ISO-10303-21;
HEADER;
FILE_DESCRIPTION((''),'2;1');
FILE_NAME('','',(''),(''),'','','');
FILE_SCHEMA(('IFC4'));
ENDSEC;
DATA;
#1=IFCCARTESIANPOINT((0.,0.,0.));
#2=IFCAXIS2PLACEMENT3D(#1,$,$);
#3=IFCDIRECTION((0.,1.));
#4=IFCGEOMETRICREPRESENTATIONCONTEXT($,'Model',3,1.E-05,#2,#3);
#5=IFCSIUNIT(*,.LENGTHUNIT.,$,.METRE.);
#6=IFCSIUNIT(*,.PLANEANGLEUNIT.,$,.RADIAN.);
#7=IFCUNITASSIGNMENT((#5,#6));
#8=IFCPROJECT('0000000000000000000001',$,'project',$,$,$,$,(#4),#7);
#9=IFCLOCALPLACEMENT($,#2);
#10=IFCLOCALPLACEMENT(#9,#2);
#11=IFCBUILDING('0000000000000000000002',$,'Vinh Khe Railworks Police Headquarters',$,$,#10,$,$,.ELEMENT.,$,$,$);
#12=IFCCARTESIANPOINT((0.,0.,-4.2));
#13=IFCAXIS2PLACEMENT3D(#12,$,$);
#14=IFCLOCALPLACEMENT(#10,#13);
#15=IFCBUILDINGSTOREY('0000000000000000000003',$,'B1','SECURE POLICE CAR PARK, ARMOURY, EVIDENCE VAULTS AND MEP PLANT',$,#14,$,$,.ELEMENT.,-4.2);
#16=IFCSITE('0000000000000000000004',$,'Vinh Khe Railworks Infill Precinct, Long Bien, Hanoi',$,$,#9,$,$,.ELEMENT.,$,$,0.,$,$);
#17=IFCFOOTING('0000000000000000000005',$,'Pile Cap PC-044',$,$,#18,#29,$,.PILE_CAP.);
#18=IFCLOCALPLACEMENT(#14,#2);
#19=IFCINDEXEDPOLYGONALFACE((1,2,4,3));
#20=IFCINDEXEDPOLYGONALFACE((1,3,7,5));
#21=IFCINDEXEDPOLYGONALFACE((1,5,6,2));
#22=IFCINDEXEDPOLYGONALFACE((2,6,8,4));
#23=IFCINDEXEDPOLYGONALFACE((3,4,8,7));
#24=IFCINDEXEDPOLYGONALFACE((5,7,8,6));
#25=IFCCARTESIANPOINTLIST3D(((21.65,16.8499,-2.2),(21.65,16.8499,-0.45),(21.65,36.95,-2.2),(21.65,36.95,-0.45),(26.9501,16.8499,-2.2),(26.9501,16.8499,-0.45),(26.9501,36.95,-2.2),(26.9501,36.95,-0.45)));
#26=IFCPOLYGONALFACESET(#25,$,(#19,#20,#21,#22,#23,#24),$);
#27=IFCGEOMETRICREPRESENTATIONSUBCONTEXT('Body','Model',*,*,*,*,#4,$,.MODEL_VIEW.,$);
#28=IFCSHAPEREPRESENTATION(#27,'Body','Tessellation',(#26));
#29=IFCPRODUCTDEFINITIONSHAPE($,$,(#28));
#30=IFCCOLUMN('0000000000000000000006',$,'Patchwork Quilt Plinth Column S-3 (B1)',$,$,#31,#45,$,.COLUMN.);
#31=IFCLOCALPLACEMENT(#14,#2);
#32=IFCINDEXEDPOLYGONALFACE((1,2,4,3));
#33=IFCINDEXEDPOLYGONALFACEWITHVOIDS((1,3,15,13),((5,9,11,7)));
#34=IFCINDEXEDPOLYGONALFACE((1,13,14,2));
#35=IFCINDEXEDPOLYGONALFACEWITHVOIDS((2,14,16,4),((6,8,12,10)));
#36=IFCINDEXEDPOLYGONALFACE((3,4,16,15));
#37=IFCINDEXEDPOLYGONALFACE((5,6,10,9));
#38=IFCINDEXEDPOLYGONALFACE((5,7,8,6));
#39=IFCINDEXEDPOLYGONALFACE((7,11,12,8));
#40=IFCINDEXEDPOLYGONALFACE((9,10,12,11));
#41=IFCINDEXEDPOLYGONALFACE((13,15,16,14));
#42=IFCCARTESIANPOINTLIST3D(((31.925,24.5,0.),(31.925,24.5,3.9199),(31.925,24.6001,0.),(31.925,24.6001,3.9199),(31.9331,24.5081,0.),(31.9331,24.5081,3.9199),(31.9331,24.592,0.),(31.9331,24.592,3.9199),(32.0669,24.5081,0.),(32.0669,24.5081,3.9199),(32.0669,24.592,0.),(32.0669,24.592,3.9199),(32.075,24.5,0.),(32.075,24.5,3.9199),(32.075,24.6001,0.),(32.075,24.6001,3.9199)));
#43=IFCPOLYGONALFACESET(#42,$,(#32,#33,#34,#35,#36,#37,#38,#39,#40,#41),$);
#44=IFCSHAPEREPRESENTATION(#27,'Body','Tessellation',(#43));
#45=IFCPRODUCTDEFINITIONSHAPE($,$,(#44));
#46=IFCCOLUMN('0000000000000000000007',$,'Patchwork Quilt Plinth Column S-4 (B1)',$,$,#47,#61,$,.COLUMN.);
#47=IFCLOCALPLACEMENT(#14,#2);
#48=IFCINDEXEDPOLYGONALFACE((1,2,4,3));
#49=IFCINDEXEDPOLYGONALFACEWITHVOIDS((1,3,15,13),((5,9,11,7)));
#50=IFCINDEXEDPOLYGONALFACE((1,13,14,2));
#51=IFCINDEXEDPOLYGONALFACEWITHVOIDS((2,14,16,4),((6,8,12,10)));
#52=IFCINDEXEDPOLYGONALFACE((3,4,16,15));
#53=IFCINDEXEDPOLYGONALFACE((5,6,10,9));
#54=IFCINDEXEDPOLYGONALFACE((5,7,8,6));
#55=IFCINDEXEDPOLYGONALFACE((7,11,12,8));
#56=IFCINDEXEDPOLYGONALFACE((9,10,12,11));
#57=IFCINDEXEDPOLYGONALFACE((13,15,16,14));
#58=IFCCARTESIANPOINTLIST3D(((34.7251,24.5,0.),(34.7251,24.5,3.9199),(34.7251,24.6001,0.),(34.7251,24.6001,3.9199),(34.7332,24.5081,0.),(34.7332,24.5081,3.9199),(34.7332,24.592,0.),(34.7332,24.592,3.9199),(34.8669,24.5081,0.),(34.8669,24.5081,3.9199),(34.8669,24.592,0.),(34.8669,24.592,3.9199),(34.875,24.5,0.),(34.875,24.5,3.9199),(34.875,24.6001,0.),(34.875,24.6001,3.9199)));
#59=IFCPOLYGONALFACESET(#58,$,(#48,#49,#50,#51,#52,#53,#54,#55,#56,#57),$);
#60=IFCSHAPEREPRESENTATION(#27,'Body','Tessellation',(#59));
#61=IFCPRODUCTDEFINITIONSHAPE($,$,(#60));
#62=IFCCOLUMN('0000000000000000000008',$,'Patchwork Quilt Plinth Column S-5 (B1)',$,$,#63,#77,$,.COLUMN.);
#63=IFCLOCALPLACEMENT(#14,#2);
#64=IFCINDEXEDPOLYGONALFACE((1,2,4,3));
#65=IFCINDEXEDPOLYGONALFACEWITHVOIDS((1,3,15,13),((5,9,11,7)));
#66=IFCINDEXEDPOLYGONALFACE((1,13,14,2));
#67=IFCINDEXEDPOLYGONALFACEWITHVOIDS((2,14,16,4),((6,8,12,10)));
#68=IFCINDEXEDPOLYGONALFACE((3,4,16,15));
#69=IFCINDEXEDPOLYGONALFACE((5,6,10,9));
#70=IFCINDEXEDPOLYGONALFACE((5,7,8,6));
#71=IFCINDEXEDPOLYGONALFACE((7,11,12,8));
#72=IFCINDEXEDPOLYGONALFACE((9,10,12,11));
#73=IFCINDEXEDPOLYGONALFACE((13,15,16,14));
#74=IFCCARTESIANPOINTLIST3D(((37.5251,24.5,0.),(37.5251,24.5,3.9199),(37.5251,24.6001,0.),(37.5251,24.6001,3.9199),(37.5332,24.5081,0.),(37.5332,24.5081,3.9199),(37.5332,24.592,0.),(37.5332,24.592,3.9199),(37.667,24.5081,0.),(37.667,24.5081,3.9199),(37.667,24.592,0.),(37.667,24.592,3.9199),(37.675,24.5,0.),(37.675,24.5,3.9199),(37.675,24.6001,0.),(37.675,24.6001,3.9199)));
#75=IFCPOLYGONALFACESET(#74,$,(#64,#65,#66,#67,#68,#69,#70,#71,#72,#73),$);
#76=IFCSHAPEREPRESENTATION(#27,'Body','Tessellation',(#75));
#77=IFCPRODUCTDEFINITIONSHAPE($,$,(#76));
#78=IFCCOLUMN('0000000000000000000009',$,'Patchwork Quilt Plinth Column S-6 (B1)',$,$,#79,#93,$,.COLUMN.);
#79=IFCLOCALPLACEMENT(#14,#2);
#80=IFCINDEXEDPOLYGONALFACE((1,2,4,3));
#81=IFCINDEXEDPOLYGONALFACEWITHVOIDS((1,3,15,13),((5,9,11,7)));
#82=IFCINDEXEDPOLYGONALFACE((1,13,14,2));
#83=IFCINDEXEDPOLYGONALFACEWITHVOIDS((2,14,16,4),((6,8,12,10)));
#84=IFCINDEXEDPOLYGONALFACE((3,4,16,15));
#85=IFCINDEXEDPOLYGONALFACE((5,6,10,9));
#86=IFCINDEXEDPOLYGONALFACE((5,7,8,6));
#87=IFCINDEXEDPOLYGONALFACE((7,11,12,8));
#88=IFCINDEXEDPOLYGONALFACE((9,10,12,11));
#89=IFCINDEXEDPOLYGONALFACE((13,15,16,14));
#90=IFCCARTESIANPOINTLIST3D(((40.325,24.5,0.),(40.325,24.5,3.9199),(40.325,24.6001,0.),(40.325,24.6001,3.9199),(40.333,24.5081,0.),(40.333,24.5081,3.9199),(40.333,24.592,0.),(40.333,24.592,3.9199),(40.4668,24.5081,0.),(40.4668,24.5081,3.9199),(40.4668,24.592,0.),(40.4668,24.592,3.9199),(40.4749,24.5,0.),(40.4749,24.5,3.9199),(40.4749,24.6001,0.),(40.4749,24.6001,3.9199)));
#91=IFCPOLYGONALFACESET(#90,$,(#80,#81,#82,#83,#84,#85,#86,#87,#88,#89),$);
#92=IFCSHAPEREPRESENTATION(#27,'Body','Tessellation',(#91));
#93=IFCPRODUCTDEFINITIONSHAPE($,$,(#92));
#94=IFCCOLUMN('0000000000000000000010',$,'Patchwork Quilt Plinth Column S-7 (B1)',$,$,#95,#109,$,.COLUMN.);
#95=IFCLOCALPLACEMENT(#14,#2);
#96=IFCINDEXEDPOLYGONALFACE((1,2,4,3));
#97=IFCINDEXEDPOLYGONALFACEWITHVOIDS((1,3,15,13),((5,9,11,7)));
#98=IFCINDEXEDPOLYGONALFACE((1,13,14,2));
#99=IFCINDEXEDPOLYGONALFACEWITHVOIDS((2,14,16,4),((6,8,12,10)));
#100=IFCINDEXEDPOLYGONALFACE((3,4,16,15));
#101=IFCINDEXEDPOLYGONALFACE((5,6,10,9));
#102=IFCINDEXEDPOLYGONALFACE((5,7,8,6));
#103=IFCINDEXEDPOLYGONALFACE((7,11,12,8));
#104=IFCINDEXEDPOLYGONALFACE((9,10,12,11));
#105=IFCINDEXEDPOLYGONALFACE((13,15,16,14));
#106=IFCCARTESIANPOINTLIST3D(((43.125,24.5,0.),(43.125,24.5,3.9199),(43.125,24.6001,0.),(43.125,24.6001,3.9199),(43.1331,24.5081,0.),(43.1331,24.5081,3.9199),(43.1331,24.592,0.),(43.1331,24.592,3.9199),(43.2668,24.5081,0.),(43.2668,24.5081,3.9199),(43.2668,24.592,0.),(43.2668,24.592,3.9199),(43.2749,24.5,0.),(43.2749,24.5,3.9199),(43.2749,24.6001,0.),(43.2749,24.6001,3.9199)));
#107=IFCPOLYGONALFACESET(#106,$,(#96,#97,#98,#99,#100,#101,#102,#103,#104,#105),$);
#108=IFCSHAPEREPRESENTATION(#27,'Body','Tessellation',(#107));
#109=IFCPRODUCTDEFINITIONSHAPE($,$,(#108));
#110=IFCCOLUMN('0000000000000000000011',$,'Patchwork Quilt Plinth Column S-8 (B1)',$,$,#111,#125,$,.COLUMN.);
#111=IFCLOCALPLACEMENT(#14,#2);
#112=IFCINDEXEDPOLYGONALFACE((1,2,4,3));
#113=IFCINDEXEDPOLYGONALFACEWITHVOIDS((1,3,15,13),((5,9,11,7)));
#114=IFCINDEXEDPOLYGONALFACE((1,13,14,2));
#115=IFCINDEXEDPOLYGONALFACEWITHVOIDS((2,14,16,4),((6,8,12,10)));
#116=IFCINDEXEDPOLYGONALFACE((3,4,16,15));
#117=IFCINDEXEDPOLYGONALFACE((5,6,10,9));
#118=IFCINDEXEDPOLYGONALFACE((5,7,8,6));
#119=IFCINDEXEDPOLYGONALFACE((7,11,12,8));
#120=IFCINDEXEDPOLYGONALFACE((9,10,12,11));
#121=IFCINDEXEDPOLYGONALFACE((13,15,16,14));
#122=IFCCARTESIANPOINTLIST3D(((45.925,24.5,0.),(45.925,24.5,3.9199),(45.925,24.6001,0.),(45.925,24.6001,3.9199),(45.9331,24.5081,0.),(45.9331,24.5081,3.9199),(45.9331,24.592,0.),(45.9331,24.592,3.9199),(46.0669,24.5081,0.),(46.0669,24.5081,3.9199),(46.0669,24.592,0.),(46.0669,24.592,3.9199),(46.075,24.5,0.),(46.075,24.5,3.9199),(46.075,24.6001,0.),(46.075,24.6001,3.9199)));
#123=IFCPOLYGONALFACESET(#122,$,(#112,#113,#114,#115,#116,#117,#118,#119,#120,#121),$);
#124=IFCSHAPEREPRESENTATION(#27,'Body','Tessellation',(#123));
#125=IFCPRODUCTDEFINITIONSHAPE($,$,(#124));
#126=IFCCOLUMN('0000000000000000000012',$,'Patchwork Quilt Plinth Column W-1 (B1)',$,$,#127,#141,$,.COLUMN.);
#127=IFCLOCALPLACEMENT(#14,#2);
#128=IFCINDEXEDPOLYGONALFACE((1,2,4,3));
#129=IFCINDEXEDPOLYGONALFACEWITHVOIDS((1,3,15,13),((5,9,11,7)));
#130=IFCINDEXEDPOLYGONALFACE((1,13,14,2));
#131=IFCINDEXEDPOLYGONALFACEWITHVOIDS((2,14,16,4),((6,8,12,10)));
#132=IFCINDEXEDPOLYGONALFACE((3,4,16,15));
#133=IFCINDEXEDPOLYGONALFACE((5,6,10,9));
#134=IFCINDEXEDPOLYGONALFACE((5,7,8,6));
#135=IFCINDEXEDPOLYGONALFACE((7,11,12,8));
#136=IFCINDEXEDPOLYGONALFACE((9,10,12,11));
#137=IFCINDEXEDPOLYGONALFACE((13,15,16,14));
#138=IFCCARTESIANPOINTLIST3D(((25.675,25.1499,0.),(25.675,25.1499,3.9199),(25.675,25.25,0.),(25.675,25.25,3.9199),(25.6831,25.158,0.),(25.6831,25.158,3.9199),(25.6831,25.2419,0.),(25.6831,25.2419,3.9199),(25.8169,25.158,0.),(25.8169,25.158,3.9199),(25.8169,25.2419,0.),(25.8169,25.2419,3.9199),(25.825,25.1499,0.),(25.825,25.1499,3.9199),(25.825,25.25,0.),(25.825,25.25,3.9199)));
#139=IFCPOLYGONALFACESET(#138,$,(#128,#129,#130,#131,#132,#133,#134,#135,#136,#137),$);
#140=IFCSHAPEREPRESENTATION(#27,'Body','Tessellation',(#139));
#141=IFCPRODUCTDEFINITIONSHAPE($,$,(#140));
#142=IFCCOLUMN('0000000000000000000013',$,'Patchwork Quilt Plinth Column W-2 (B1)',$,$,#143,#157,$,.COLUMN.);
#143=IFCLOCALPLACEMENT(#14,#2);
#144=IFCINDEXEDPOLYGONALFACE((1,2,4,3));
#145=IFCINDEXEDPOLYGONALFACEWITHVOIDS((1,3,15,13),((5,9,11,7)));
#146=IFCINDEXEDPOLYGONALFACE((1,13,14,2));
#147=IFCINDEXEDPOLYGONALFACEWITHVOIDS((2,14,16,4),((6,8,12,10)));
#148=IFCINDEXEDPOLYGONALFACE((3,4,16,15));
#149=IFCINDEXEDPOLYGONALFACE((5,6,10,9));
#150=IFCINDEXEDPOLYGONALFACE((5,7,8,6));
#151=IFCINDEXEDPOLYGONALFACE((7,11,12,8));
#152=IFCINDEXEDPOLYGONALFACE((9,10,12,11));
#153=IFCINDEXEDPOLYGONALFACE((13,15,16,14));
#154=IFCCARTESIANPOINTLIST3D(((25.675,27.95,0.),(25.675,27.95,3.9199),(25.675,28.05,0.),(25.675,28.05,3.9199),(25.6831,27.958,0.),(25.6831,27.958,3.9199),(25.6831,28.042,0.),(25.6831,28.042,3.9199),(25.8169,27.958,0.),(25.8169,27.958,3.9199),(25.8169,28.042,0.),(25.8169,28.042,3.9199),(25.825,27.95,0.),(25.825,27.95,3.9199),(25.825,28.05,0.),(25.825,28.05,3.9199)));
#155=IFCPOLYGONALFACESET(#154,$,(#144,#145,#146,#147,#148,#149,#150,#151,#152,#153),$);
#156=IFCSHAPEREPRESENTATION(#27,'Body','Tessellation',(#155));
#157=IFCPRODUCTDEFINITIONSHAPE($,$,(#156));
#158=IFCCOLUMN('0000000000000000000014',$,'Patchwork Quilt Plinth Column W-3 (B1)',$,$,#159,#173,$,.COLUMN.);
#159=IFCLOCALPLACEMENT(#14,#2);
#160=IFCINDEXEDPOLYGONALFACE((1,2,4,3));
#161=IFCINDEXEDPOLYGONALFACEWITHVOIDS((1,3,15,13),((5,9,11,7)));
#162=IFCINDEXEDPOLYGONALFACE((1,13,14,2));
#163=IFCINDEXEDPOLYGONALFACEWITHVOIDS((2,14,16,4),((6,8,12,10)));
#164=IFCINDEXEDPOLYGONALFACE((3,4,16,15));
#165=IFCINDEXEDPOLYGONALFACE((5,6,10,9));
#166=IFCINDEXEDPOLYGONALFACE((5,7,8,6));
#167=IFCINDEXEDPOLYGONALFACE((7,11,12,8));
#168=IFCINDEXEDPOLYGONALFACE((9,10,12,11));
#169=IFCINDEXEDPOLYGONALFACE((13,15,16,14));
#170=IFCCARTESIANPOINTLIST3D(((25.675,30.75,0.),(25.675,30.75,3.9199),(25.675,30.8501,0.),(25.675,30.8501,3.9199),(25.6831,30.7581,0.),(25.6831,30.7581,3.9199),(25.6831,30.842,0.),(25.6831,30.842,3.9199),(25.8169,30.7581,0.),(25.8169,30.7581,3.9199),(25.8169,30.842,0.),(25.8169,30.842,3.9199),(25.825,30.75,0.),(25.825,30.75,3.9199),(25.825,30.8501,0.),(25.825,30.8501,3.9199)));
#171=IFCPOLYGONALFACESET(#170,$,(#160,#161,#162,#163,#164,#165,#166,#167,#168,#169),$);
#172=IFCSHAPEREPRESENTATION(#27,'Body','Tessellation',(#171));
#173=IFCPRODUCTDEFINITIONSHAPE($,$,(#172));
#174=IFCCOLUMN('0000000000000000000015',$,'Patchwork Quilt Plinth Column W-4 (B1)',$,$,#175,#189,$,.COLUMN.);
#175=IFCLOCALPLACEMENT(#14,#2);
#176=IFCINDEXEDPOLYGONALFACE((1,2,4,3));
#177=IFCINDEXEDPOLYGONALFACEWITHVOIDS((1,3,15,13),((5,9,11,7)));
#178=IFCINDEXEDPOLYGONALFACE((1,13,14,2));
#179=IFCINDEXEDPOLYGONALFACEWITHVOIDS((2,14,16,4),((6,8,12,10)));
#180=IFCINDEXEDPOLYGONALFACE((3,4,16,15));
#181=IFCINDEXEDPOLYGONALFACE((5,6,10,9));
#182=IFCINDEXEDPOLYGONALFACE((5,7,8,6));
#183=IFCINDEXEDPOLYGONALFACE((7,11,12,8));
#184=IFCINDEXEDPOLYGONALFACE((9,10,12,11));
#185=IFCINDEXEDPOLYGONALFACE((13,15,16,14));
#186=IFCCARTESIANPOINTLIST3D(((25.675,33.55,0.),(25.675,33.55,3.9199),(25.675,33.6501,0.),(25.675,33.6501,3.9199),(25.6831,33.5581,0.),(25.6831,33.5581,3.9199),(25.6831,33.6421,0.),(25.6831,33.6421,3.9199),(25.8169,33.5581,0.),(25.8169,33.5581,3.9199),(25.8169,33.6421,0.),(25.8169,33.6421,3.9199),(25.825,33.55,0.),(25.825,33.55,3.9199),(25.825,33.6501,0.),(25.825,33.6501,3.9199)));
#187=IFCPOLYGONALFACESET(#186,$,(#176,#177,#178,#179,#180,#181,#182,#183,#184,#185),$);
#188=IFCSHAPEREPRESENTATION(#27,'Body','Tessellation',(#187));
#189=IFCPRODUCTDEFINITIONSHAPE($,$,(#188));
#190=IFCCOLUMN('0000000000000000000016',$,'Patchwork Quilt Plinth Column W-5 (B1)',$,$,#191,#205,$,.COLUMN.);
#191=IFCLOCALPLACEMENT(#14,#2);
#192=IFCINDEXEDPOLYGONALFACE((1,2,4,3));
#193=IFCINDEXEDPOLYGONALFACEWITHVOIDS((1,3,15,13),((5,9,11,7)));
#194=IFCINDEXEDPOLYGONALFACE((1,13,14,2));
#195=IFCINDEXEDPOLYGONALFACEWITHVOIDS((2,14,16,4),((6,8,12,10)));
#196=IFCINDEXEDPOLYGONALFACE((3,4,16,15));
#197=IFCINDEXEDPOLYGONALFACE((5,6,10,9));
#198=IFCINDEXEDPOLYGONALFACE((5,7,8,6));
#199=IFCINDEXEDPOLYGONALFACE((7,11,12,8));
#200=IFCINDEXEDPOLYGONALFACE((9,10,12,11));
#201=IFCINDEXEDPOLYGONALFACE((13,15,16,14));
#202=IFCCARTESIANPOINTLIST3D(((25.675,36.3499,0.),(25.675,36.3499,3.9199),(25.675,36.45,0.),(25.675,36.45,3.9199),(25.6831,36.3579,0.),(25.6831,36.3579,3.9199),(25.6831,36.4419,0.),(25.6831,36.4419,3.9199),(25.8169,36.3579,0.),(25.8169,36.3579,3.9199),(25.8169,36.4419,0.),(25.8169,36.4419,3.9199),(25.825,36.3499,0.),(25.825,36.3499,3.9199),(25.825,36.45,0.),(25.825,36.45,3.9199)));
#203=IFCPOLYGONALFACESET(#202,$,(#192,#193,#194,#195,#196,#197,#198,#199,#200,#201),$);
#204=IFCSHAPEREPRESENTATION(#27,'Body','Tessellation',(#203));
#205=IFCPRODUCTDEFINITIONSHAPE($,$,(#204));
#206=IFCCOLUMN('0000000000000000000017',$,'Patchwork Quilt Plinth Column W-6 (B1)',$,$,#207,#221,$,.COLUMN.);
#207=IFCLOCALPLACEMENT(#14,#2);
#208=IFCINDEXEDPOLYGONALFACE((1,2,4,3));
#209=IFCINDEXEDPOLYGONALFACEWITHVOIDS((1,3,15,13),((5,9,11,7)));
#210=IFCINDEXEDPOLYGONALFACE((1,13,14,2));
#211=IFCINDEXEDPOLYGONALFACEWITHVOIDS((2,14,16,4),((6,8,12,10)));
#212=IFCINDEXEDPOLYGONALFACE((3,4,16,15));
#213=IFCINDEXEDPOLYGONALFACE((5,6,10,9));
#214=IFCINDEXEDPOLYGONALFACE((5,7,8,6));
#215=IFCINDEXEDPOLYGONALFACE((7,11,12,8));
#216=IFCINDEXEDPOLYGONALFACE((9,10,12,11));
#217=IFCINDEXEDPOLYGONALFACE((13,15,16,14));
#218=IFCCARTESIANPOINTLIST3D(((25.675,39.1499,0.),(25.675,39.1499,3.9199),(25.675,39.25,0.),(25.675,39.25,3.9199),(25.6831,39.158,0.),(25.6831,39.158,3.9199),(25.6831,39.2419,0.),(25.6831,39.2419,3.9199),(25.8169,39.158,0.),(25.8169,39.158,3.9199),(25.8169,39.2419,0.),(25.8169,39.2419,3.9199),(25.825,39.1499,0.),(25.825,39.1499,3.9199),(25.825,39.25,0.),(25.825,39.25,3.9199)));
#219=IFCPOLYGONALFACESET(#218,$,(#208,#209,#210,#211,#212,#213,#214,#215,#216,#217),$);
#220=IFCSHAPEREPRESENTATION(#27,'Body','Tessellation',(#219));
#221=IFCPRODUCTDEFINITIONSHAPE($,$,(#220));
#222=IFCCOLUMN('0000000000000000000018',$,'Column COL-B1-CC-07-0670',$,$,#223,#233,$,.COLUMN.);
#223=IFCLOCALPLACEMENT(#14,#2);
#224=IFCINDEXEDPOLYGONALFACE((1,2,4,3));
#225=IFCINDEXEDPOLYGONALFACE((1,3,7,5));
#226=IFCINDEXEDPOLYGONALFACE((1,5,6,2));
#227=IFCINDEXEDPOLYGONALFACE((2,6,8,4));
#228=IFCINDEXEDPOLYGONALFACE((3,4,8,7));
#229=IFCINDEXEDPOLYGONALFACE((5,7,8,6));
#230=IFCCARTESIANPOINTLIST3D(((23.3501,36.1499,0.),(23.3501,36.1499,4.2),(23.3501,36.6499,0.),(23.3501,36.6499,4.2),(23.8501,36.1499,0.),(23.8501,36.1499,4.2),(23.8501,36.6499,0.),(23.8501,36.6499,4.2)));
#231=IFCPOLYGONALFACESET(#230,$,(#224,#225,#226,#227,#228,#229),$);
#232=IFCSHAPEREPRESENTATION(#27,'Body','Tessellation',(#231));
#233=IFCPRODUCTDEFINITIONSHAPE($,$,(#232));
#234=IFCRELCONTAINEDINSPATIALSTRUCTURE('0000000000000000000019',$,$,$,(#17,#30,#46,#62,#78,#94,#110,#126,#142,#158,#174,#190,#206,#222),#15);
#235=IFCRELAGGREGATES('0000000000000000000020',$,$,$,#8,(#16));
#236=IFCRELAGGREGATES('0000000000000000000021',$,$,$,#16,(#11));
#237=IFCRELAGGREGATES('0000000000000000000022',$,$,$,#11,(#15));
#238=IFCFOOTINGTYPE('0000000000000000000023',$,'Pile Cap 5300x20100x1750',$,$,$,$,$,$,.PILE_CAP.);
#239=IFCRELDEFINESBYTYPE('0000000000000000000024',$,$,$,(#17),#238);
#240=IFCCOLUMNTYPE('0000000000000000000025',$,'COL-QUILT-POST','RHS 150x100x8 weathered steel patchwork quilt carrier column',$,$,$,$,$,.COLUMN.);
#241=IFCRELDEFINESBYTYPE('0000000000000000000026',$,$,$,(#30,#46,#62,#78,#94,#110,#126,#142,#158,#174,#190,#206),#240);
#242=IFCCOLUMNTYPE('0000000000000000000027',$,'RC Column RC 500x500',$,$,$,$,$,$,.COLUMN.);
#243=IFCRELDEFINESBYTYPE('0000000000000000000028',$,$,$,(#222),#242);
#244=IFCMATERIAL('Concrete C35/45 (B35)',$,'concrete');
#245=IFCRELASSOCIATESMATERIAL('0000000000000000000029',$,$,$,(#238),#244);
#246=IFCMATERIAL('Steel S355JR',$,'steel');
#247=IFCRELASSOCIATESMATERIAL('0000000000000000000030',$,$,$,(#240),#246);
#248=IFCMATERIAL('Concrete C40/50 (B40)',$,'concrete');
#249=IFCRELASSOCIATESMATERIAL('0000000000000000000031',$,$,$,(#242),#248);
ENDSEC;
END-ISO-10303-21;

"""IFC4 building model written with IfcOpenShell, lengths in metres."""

from ifc_helpers import new_model, si_unit, direction, frame, origin, origin_2d, place, context, subcontext, project, spatial, rectangle, hollow_rectangle, extrude, material, material_profile, profile_set, type_object, element, save


model = new_model("IFC4")

# Units and contexts
model_context = context("Model", 3, precision=1e-05, world=origin(), true_north=direction((0.0, 1.0)))
body_context = subcontext(model_context, "Body", "Model", "MODEL_VIEW")
ifc_project = project(units=[si_unit("LENGTHUNIT", "METRE"), si_unit("PLANEANGLEUNIT", "RADIAN")], contexts=[model_context])

# Site, building, storey
site_placement = place(None, origin())
site = spatial("IfcSite", under=ifc_project, at=site_placement, Name="Vinh Khe Railworks Infill Precinct, Long Bien, Hanoi", CompositionType="ELEMENT", RefElevation=0.0)
building_placement = place(site_placement, origin())
building = spatial("IfcBuilding", under=site, at=building_placement, Name="Vinh Khe Railworks Police Headquarters", CompositionType="ELEMENT")
storey_placement = place(building_placement, frame((0.0, 0.0, -4.2)))
storey = spatial("IfcBuildingStorey", under=building, at=storey_placement, Name="B1", Description="SECURE POLICE CAR PARK, ARMOURY, EVIDENCE VAULTS AND MEP PLANT", CompositionType="ELEMENT", Elevation=-4.2)

# Shared definitions
ifc_material_1 = material(Name="Concrete C35/45 (B35)", Category="concrete")

# Footing
footing_type_1 = type_object("IfcFootingType", Name="Pile Cap 5300x20100x1750", PredefinedType="PILE_CAP", material=ifc_material_1)
footing_1_placement = place(storey_placement, frame((24.3, 26.8999, -2.2), z_axis=(0.0, 0.0, 1.0), x_axis=(1.0, 0.0, 0.0)))
element("IfcFooting", 1, at=footing_1_placement, inside=storey, type_object=footing_type_1, Name="Pile Cap PC-044", PredefinedType="PILE_CAP", context=body_context, shape_type="SweptSolid", body=[
    extrude(rectangle(XDim=5.3, YDim=20.1001, at=origin_2d()), origin(), (0.0, 0.0, 1.0), 1.75),
])

# Columns
ifc_material_2 = material(Name="Steel S355JR", Category="steel")
ifc_material_profile_1 = material_profile(ifc_material_2, hollow_rectangle(XDim=0.1499, YDim=0.1001, WallThickness=0.0081, at=origin_2d()), Name="RHS 150x100x8")
ifc_profile_set_1 = profile_set([ifc_material_profile_1], Name="Steel S355JR")
column_type_1 = type_object("IfcColumnType", Name="COL-QUILT-POST", Description="RHS 150x100x8 weathered steel patchwork quilt carrier column", PredefinedType="COLUMN", material=ifc_profile_set_1)
for number, where, z_axis, x_axis, name in (
    (2, (32.0, 24.55, 0.0), (0.0, 0.0, 1.0), (1.0, 0.0, 0.0), "Patchwork Quilt Plinth Column S-3 (B1)"),
    (3, (34.8, 24.55, 0.0), (0.0, 0.0, 1.0), (1.0, 0.0, 0.0), "Patchwork Quilt Plinth Column S-4 (B1)"),
    (4, (37.6001, 24.55, 0.0), (0.0, 0.0, 1.0), (1.0, 0.0, 0.0), "Patchwork Quilt Plinth Column S-5 (B1)"),
    (5, (40.3999, 24.55, 0.0), (0.0, 0.0, 1.0), (1.0, 0.0, 0.0), "Patchwork Quilt Plinth Column S-6 (B1)"),
    (6, (43.2, 24.55, 0.0), (0.0, 0.0, 1.0), (1.0, 0.0, 0.0), "Patchwork Quilt Plinth Column S-7 (B1)"),
    (7, (46.0, 24.55, 0.0), (0.0, 0.0, 1.0), (1.0, 0.0, 0.0), "Patchwork Quilt Plinth Column S-8 (B1)"),
    (8, (25.75, 25.2, 0.0), (0.0, 0.0, 1.0), (1.0, 0.0, 0.0), "Patchwork Quilt Plinth Column W-1 (B1)"),
    (9, (25.75, 28.0, 0.0), (0.0, 0.0, 1.0), (1.0, 0.0, 0.0), "Patchwork Quilt Plinth Column W-2 (B1)"),
    (10, (25.75, 30.8, 0.0), (0.0, 0.0, 1.0), (1.0, 0.0, 0.0), "Patchwork Quilt Plinth Column W-3 (B1)"),
    (11, (25.75, 33.6001, 0.0), (0.0, 0.0, 1.0), (1.0, 0.0, 0.0), "Patchwork Quilt Plinth Column W-4 (B1)"),
    (12, (25.75, 36.3999, 0.0), (0.0, 0.0, 1.0), (1.0, 0.0, 0.0), "Patchwork Quilt Plinth Column W-5 (B1)"),
    (13, (25.75, 39.2, 0.0), (0.0, 0.0, 1.0), (1.0, 0.0, 0.0), "Patchwork Quilt Plinth Column W-6 (B1)"),
):
    element("IfcColumn", number, at=place(storey_placement, frame(where, z_axis=z_axis, x_axis=x_axis)), inside=storey, type_object=column_type_1, Name=name, PredefinedType="COLUMN", context=body_context, shape_type="SweptSolid", body=[
        extrude(hollow_rectangle(XDim=0.1499, YDim=0.1001, WallThickness=0.0081, at=origin_2d()), origin(), (0.0, 0.0, 1.0), 3.9199),
    ])
ifc_material_3 = material(Name="Concrete C40/50 (B40)", Category="concrete")
ifc_material_profile_2 = material_profile(ifc_material_3, rectangle(XDim=0.5, YDim=0.5, at=origin_2d()), Name="RC 500x500")
ifc_profile_set_2 = profile_set([ifc_material_profile_2], Name="Concrete C40/50 (B40)")
column_type_2 = type_object("IfcColumnType", Name="RC Column RC 500x500", PredefinedType="COLUMN", material=ifc_profile_set_2)
column_1_placement = place(storey_placement, frame((23.6001, 36.3999, 0.0), z_axis=(0.0, 0.0, 1.0), x_axis=(1.0, 0.0, 0.0)))
element("IfcColumn", 14, at=column_1_placement, inside=storey, type_object=column_type_2, Name="Column COL-B1-CC-07-0670", PredefinedType="COLUMN", context=body_context, shape_type="SweptSolid", body=[
    extrude(rectangle(XDim=0.5, YDim=0.5, at=origin_2d()), origin(), (0.0, 0.0, 1.0), 4.2),
])

save(model, "model.ifc")
